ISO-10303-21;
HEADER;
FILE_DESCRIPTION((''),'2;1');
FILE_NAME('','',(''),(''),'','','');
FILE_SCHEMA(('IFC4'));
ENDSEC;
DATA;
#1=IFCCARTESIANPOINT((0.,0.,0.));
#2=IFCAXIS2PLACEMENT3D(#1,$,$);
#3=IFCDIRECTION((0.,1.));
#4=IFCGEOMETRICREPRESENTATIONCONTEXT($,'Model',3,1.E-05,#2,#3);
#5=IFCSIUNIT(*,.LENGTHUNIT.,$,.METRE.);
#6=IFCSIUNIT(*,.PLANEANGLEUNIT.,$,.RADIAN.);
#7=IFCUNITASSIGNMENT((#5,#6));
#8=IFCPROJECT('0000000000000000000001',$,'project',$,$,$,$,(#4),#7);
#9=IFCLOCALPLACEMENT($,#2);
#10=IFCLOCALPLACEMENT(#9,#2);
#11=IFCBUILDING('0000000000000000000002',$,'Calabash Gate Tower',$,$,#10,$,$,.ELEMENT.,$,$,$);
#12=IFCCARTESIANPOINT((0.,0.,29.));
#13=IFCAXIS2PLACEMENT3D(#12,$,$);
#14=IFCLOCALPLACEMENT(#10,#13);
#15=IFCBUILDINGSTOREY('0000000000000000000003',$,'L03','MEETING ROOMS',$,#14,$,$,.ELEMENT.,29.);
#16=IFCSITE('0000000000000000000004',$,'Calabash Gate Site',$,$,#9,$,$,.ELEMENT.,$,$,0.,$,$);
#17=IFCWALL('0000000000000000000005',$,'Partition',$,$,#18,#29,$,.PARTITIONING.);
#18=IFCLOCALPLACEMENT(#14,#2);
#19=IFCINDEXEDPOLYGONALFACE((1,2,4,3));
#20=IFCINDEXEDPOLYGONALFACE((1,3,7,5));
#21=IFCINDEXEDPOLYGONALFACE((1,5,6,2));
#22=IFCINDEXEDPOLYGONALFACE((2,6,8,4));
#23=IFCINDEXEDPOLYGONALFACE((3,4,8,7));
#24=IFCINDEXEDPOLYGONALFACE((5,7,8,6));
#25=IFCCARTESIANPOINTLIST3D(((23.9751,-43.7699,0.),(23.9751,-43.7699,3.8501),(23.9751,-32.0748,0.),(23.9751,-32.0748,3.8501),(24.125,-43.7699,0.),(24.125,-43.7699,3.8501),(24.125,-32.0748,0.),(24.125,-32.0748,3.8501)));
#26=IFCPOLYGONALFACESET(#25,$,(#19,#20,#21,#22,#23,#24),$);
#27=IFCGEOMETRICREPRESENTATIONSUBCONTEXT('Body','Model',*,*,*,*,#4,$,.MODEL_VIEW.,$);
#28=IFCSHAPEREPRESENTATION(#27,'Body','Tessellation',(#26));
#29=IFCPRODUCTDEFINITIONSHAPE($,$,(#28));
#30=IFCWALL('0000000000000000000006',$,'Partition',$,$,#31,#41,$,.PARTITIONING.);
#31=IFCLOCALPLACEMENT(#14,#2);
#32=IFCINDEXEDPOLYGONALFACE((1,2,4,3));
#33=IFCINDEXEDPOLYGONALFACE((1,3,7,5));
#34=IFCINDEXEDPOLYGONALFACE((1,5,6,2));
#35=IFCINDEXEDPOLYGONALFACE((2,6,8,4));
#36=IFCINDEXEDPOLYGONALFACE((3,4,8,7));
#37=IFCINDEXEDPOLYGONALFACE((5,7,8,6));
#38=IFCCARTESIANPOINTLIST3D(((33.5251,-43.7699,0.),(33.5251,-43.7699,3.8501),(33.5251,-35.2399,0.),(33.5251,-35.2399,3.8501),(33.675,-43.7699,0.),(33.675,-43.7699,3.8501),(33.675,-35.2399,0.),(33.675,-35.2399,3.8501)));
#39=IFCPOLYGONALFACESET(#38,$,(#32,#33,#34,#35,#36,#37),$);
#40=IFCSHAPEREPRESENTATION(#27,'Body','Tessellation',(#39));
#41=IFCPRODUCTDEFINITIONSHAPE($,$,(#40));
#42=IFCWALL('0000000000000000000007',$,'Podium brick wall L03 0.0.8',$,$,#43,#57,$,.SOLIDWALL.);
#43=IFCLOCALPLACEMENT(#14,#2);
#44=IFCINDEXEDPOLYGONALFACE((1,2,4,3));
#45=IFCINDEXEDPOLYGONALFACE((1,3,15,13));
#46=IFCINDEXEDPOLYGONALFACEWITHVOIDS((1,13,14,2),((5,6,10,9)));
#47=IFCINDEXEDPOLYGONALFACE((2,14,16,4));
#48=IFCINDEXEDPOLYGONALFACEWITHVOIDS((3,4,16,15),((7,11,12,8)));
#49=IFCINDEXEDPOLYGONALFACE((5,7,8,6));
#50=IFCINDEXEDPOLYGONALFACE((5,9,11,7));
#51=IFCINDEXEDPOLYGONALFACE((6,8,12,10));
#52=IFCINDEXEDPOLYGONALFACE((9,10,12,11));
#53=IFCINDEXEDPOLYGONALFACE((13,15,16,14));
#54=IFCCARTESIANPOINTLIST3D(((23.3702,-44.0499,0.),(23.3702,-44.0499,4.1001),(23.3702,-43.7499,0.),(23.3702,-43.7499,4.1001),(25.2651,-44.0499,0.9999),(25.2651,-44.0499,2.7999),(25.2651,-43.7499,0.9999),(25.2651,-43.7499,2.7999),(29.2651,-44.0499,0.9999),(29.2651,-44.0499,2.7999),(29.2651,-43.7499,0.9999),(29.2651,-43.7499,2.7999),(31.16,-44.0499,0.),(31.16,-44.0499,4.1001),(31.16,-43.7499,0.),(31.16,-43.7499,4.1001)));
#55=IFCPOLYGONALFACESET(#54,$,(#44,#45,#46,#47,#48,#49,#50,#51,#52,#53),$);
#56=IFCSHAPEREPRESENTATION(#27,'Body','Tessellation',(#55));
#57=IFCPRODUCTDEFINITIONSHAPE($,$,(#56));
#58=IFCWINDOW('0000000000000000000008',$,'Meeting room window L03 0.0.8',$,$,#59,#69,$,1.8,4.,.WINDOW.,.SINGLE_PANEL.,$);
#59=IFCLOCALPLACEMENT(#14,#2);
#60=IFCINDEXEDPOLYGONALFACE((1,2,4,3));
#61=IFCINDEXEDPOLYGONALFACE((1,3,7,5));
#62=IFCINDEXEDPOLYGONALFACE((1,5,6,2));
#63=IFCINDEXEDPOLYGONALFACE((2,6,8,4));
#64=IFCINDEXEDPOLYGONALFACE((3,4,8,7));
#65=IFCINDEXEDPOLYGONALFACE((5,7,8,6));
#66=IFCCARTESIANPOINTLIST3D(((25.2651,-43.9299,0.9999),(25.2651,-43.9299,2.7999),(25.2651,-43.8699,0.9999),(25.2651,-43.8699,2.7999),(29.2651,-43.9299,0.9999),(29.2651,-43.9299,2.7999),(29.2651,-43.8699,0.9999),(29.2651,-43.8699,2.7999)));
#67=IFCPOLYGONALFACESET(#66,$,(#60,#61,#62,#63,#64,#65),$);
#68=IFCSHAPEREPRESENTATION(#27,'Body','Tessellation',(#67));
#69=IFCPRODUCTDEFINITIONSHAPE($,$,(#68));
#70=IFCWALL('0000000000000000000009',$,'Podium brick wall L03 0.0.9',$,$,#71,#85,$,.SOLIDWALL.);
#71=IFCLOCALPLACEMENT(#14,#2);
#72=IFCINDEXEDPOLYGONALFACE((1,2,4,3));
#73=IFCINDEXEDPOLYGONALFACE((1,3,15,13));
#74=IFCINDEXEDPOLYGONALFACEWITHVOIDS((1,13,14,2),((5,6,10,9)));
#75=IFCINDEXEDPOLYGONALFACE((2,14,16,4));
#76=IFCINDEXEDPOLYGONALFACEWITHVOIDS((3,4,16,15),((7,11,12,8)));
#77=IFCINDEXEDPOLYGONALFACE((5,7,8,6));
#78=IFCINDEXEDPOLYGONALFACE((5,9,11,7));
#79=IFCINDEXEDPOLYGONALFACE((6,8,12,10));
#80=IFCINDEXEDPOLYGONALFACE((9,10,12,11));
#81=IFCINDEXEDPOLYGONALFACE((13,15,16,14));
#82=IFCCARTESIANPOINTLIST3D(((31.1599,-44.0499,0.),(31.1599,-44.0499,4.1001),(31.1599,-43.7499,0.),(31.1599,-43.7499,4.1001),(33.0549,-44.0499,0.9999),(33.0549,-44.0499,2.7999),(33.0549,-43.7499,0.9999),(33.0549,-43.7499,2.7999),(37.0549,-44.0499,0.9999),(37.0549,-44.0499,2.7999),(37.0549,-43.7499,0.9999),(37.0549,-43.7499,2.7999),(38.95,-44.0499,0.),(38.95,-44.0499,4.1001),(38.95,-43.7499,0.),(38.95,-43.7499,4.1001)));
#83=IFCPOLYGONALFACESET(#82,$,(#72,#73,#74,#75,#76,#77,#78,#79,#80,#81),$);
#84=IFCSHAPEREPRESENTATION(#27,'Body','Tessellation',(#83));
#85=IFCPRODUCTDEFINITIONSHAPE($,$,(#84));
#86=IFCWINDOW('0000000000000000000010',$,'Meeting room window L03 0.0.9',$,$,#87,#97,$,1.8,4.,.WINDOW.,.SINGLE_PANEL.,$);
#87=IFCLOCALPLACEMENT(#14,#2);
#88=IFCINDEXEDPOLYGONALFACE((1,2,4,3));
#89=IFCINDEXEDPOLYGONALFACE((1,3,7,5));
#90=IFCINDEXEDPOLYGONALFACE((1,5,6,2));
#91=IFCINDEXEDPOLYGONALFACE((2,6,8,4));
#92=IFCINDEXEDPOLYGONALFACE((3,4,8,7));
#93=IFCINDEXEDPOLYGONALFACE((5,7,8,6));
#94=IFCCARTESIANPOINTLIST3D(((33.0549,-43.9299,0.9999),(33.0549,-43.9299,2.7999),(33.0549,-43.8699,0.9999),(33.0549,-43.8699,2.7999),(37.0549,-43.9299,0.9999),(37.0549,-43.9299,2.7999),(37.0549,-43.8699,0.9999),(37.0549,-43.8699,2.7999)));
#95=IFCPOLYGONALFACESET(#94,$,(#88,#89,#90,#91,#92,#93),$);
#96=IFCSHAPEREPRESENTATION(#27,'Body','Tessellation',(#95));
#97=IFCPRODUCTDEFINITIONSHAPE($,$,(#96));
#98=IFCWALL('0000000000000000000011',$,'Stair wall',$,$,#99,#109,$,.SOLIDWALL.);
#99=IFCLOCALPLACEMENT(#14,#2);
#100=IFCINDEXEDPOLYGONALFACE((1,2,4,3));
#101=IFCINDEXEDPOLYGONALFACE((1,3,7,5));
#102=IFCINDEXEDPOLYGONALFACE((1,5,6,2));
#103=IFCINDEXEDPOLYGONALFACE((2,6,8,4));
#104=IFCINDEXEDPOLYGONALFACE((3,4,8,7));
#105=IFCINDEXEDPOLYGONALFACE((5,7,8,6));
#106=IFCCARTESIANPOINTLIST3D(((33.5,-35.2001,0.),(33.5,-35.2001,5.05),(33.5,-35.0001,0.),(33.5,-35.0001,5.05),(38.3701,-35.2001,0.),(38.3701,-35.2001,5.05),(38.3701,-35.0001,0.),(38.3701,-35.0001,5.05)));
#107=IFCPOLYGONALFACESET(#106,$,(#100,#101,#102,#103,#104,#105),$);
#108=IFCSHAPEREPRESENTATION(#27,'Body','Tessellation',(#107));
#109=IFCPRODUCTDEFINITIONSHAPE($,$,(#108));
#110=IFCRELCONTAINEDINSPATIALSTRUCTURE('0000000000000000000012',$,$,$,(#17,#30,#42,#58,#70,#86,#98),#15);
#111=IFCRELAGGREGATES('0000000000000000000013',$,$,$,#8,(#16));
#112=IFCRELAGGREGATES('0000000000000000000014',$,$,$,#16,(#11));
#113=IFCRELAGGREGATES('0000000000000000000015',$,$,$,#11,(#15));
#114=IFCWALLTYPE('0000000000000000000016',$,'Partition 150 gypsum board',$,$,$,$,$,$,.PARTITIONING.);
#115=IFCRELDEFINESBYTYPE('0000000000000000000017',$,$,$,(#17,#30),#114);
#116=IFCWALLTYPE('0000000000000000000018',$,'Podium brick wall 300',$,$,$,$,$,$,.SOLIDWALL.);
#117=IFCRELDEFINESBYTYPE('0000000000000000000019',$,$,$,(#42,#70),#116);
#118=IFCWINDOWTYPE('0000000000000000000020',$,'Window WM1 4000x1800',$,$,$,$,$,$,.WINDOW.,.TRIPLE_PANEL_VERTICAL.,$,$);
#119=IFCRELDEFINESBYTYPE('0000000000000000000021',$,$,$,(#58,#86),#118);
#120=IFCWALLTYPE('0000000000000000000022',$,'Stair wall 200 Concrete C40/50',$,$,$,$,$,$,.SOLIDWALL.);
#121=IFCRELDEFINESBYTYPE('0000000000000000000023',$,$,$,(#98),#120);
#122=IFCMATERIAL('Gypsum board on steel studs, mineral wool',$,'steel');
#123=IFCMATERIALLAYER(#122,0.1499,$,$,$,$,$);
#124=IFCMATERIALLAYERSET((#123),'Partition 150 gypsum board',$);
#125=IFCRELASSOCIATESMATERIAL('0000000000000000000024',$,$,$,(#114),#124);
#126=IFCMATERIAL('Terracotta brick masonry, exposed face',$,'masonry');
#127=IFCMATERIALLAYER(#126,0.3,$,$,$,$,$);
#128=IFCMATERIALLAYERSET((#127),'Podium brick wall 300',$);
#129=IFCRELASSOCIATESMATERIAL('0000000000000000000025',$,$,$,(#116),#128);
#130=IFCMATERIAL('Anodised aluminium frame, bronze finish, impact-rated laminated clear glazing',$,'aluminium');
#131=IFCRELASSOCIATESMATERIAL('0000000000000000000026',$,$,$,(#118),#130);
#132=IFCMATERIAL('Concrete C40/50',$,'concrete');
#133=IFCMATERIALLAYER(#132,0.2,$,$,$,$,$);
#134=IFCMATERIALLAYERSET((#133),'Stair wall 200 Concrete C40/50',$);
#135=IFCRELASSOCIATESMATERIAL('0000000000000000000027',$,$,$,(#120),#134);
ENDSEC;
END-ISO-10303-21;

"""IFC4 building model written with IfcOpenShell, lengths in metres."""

from ifc_helpers import new_model, si_unit, direction, frame, frame_2d, origin, place, context, subcontext, project, spatial, rectangle, extrude, material, layer, layer_set, type_object, element, fill, save


model = new_model("IFC4")

# Units and contexts
model_context = context("Model", 3, precision=1e-05, world=origin(), true_north=direction((0.0, 1.0)))
body_context = subcontext(model_context, "Body", "Model", "MODEL_VIEW")
ifc_project = project(units=[si_unit("LENGTHUNIT", "METRE"), si_unit("PLANEANGLEUNIT", "RADIAN")], contexts=[model_context])

# Site, building, storey
site_placement = place(None, origin())
site = spatial("IfcSite", under=ifc_project, at=site_placement, Name="Calabash Gate Site", CompositionType="ELEMENT", RefElevation=0.0)
building_placement = place(site_placement, origin())
building = spatial("IfcBuilding", under=site, at=building_placement, Name="Calabash Gate Tower", CompositionType="ELEMENT")
storey_placement = place(building_placement, frame((0.0, 0.0, 29.0)))
storey = spatial("IfcBuildingStorey", under=building, at=storey_placement, Name="L03", Description="MEETING ROOMS", CompositionType="ELEMENT", Elevation=29.0)

# Walls
ifc_material_1 = material(Name="Gypsum board on steel studs, mineral wool", Category="steel")
ifc_layer_1 = layer(ifc_material_1, 0.1499)
ifc_layer_set_1 = layer_set([ifc_layer_1], Name="Partition 150 gypsum board")
wall_type_1 = type_object("IfcWallType", Name="Partition 150 gypsum board", PredefinedType="PARTITIONING", material=ifc_layer_set_1)
wall_1_placement = place(storey_placement, frame((24.05, -43.77, 0.0), z_axis=(0.0, 0.0, 1.0), x_axis=(0.0, 1.0, 0.0)))
element("IfcWall", 1, at=wall_1_placement, inside=storey, type_object=wall_type_1, Name="Partition", PredefinedType="PARTITIONING", context=body_context, shape_type="SweptSolid", body=[
    extrude(rectangle(XDim=11.6951, YDim=0.1499, at=frame_2d((5.8477, 0.0))), origin(), (0.0, 0.0, 1.0), 3.8501),
])
wall_2_placement = place(storey_placement, frame((33.6001, -43.77, 0.0), z_axis=(0.0, 0.0, 1.0), x_axis=(0.0, 1.0, 0.0)))
element("IfcWall", 2, at=wall_2_placement, inside=storey, type_object=wall_type_1, Name="Partition", PredefinedType="PARTITIONING", context=body_context, shape_type="SweptSolid", body=[
    extrude(rectangle(XDim=8.53, YDim=0.1499, at=frame_2d((4.2651, 0.0))), origin(), (0.0, 0.0, 1.0), 3.8501),
])

# Walls, openings, windows
ifc_material_2 = material(Name="Terracotta brick masonry, exposed face", Category="masonry")
ifc_layer_2 = layer(ifc_material_2, 0.3)
ifc_layer_set_2 = layer_set([ifc_layer_2], Name="Podium brick wall 300")
wall_type_2 = type_object("IfcWallType", Name="Podium brick wall 300", PredefinedType="SOLIDWALL", material=ifc_layer_set_2)
wall_3_placement = place(storey_placement, frame((23.3701, -43.8999, 0.0), z_axis=(0.0, 0.0, 1.0), x_axis=(1.0, 0.0, 0.0)))
wall_3 = element("IfcWall", 3, at=wall_3_placement, inside=storey, type_object=wall_type_2, Name="Podium brick wall L03 0.0.8", PredefinedType="SOLIDWALL", context=body_context, shape_type="SweptSolid", body=[
    extrude(rectangle(XDim=7.7898, YDim=0.3, at=frame_2d((3.895, 0.0))), origin(), (0.0, 0.0, 1.0), 4.1001),
])
opening_1_placement = place(wall_3_placement, frame((1.895, 0.0, 1.0)))
opening_1 = element("IfcOpeningElement", 4, at=opening_1_placement, cuts=wall_3, PredefinedType="OPENING", context=body_context, shape_type="SweptSolid", body=[
    extrude(rectangle(XDim=4.0, YDim=1.8, at=frame_2d((2.0, 0.8999))), frame((0.0, 0.1599, 0.0), z_axis=(0.0, -1.0, 0.0), x_axis=(1.0, 0.0, 0.0)), (0.0, 0.0, 1.0), 0.3201),
])
ifc_material_3 = material(Name="Anodised aluminium frame, bronze finish, impact-rated laminated clear glazing", Category="aluminium")
window_type = type_object("IfcWindowType", Name="Window WM1 4000x1800", PartitioningType="TRIPLE_PANEL_VERTICAL", PredefinedType="WINDOW", material=ifc_material_3)
window_1_placement = place(opening_1_placement, origin())
window_1 = element("IfcWindow", 5, at=window_1_placement, inside=storey, type_object=window_type, Name="Meeting room window L03 0.0.8", OverallHeight=1.8, OverallWidth=4.0, PartitioningType="SINGLE_PANEL", PredefinedType="WINDOW", context=body_context, shape_type="SweptSolid", body=[
    extrude(rectangle(XDim=4.0, YDim=1.8, at=frame_2d((2.0, 0.8999))), frame((0.0, 0.03, 0.0), z_axis=(0.0, -1.0, 0.0), x_axis=(1.0, 0.0, 0.0)), (0.0, 0.0, 1.0), 0.0601),
])
fill(opening_1, window_1)
wall_4_placement = place(storey_placement, frame((31.1599, -43.8999, 0.0), z_axis=(0.0, 0.0, 1.0), x_axis=(1.0, 0.0, 0.0)))
wall_4 = element("IfcWall", 6, at=wall_4_placement, inside=storey, type_object=wall_type_2, Name="Podium brick wall L03 0.0.9", PredefinedType="SOLIDWALL", context=body_context, shape_type="SweptSolid", body=[
    extrude(rectangle(XDim=7.79, YDim=0.3, at=frame_2d((3.895, 0.0))), origin(), (0.0, 0.0, 1.0), 4.1001),
])
opening_2_placement = place(wall_4_placement, frame((1.895, 0.0, 1.0)))
opening_2 = element("IfcOpeningElement", 7, at=opening_2_placement, cuts=wall_4, PredefinedType="OPENING", context=body_context, shape_type="SweptSolid", body=[
    extrude(rectangle(XDim=4.0, YDim=1.8, at=frame_2d((2.0, 0.8999))), frame((0.0, 0.1599, 0.0), z_axis=(0.0, -1.0, 0.0), x_axis=(1.0, 0.0, 0.0)), (0.0, 0.0, 1.0), 0.3201),
])
window_2_placement = place(opening_2_placement, origin())
window_2 = element("IfcWindow", 8, at=window_2_placement, inside=storey, type_object=window_type, Name="Meeting room window L03 0.0.9", OverallHeight=1.8, OverallWidth=4.0, PartitioningType="SINGLE_PANEL", PredefinedType="WINDOW", context=body_context, shape_type="SweptSolid", body=[
    extrude(rectangle(XDim=4.0, YDim=1.8, at=frame_2d((2.0, 0.8999))), frame((0.0, 0.03, 0.0), z_axis=(0.0, -1.0, 0.0), x_axis=(1.0, 0.0, 0.0)), (0.0, 0.0, 1.0), 0.0601),
])
fill(opening_2, window_2)

# Wall
ifc_material_4 = material(Name="Concrete C40/50", Category="concrete")
ifc_layer_3 = layer(ifc_material_4, 0.2)
ifc_layer_set_3 = layer_set([ifc_layer_3], Name="Stair wall 200 Concrete C40/50")
wall_type_3 = type_object("IfcWallType", Name="Stair wall 200 Concrete C40/50", PredefinedType="SOLIDWALL", material=ifc_layer_set_3)
wall_5_placement = place(storey_placement, frame((33.5, -35.1001, 0.0), z_axis=(0.0, 0.0, 1.0), x_axis=(1.0, 0.0, 0.0)))
element("IfcWall", 9, at=wall_5_placement, inside=storey, type_object=wall_type_3, Name="Stair wall", PredefinedType="SOLIDWALL", context=body_context, shape_type="SweptSolid", body=[
    extrude(rectangle(XDim=4.8701, YDim=0.2, at=frame_2d((2.4351, 0.0))), origin(), (0.0, 0.0, 1.0), 5.05),
])

save(model, "model.ifc")
